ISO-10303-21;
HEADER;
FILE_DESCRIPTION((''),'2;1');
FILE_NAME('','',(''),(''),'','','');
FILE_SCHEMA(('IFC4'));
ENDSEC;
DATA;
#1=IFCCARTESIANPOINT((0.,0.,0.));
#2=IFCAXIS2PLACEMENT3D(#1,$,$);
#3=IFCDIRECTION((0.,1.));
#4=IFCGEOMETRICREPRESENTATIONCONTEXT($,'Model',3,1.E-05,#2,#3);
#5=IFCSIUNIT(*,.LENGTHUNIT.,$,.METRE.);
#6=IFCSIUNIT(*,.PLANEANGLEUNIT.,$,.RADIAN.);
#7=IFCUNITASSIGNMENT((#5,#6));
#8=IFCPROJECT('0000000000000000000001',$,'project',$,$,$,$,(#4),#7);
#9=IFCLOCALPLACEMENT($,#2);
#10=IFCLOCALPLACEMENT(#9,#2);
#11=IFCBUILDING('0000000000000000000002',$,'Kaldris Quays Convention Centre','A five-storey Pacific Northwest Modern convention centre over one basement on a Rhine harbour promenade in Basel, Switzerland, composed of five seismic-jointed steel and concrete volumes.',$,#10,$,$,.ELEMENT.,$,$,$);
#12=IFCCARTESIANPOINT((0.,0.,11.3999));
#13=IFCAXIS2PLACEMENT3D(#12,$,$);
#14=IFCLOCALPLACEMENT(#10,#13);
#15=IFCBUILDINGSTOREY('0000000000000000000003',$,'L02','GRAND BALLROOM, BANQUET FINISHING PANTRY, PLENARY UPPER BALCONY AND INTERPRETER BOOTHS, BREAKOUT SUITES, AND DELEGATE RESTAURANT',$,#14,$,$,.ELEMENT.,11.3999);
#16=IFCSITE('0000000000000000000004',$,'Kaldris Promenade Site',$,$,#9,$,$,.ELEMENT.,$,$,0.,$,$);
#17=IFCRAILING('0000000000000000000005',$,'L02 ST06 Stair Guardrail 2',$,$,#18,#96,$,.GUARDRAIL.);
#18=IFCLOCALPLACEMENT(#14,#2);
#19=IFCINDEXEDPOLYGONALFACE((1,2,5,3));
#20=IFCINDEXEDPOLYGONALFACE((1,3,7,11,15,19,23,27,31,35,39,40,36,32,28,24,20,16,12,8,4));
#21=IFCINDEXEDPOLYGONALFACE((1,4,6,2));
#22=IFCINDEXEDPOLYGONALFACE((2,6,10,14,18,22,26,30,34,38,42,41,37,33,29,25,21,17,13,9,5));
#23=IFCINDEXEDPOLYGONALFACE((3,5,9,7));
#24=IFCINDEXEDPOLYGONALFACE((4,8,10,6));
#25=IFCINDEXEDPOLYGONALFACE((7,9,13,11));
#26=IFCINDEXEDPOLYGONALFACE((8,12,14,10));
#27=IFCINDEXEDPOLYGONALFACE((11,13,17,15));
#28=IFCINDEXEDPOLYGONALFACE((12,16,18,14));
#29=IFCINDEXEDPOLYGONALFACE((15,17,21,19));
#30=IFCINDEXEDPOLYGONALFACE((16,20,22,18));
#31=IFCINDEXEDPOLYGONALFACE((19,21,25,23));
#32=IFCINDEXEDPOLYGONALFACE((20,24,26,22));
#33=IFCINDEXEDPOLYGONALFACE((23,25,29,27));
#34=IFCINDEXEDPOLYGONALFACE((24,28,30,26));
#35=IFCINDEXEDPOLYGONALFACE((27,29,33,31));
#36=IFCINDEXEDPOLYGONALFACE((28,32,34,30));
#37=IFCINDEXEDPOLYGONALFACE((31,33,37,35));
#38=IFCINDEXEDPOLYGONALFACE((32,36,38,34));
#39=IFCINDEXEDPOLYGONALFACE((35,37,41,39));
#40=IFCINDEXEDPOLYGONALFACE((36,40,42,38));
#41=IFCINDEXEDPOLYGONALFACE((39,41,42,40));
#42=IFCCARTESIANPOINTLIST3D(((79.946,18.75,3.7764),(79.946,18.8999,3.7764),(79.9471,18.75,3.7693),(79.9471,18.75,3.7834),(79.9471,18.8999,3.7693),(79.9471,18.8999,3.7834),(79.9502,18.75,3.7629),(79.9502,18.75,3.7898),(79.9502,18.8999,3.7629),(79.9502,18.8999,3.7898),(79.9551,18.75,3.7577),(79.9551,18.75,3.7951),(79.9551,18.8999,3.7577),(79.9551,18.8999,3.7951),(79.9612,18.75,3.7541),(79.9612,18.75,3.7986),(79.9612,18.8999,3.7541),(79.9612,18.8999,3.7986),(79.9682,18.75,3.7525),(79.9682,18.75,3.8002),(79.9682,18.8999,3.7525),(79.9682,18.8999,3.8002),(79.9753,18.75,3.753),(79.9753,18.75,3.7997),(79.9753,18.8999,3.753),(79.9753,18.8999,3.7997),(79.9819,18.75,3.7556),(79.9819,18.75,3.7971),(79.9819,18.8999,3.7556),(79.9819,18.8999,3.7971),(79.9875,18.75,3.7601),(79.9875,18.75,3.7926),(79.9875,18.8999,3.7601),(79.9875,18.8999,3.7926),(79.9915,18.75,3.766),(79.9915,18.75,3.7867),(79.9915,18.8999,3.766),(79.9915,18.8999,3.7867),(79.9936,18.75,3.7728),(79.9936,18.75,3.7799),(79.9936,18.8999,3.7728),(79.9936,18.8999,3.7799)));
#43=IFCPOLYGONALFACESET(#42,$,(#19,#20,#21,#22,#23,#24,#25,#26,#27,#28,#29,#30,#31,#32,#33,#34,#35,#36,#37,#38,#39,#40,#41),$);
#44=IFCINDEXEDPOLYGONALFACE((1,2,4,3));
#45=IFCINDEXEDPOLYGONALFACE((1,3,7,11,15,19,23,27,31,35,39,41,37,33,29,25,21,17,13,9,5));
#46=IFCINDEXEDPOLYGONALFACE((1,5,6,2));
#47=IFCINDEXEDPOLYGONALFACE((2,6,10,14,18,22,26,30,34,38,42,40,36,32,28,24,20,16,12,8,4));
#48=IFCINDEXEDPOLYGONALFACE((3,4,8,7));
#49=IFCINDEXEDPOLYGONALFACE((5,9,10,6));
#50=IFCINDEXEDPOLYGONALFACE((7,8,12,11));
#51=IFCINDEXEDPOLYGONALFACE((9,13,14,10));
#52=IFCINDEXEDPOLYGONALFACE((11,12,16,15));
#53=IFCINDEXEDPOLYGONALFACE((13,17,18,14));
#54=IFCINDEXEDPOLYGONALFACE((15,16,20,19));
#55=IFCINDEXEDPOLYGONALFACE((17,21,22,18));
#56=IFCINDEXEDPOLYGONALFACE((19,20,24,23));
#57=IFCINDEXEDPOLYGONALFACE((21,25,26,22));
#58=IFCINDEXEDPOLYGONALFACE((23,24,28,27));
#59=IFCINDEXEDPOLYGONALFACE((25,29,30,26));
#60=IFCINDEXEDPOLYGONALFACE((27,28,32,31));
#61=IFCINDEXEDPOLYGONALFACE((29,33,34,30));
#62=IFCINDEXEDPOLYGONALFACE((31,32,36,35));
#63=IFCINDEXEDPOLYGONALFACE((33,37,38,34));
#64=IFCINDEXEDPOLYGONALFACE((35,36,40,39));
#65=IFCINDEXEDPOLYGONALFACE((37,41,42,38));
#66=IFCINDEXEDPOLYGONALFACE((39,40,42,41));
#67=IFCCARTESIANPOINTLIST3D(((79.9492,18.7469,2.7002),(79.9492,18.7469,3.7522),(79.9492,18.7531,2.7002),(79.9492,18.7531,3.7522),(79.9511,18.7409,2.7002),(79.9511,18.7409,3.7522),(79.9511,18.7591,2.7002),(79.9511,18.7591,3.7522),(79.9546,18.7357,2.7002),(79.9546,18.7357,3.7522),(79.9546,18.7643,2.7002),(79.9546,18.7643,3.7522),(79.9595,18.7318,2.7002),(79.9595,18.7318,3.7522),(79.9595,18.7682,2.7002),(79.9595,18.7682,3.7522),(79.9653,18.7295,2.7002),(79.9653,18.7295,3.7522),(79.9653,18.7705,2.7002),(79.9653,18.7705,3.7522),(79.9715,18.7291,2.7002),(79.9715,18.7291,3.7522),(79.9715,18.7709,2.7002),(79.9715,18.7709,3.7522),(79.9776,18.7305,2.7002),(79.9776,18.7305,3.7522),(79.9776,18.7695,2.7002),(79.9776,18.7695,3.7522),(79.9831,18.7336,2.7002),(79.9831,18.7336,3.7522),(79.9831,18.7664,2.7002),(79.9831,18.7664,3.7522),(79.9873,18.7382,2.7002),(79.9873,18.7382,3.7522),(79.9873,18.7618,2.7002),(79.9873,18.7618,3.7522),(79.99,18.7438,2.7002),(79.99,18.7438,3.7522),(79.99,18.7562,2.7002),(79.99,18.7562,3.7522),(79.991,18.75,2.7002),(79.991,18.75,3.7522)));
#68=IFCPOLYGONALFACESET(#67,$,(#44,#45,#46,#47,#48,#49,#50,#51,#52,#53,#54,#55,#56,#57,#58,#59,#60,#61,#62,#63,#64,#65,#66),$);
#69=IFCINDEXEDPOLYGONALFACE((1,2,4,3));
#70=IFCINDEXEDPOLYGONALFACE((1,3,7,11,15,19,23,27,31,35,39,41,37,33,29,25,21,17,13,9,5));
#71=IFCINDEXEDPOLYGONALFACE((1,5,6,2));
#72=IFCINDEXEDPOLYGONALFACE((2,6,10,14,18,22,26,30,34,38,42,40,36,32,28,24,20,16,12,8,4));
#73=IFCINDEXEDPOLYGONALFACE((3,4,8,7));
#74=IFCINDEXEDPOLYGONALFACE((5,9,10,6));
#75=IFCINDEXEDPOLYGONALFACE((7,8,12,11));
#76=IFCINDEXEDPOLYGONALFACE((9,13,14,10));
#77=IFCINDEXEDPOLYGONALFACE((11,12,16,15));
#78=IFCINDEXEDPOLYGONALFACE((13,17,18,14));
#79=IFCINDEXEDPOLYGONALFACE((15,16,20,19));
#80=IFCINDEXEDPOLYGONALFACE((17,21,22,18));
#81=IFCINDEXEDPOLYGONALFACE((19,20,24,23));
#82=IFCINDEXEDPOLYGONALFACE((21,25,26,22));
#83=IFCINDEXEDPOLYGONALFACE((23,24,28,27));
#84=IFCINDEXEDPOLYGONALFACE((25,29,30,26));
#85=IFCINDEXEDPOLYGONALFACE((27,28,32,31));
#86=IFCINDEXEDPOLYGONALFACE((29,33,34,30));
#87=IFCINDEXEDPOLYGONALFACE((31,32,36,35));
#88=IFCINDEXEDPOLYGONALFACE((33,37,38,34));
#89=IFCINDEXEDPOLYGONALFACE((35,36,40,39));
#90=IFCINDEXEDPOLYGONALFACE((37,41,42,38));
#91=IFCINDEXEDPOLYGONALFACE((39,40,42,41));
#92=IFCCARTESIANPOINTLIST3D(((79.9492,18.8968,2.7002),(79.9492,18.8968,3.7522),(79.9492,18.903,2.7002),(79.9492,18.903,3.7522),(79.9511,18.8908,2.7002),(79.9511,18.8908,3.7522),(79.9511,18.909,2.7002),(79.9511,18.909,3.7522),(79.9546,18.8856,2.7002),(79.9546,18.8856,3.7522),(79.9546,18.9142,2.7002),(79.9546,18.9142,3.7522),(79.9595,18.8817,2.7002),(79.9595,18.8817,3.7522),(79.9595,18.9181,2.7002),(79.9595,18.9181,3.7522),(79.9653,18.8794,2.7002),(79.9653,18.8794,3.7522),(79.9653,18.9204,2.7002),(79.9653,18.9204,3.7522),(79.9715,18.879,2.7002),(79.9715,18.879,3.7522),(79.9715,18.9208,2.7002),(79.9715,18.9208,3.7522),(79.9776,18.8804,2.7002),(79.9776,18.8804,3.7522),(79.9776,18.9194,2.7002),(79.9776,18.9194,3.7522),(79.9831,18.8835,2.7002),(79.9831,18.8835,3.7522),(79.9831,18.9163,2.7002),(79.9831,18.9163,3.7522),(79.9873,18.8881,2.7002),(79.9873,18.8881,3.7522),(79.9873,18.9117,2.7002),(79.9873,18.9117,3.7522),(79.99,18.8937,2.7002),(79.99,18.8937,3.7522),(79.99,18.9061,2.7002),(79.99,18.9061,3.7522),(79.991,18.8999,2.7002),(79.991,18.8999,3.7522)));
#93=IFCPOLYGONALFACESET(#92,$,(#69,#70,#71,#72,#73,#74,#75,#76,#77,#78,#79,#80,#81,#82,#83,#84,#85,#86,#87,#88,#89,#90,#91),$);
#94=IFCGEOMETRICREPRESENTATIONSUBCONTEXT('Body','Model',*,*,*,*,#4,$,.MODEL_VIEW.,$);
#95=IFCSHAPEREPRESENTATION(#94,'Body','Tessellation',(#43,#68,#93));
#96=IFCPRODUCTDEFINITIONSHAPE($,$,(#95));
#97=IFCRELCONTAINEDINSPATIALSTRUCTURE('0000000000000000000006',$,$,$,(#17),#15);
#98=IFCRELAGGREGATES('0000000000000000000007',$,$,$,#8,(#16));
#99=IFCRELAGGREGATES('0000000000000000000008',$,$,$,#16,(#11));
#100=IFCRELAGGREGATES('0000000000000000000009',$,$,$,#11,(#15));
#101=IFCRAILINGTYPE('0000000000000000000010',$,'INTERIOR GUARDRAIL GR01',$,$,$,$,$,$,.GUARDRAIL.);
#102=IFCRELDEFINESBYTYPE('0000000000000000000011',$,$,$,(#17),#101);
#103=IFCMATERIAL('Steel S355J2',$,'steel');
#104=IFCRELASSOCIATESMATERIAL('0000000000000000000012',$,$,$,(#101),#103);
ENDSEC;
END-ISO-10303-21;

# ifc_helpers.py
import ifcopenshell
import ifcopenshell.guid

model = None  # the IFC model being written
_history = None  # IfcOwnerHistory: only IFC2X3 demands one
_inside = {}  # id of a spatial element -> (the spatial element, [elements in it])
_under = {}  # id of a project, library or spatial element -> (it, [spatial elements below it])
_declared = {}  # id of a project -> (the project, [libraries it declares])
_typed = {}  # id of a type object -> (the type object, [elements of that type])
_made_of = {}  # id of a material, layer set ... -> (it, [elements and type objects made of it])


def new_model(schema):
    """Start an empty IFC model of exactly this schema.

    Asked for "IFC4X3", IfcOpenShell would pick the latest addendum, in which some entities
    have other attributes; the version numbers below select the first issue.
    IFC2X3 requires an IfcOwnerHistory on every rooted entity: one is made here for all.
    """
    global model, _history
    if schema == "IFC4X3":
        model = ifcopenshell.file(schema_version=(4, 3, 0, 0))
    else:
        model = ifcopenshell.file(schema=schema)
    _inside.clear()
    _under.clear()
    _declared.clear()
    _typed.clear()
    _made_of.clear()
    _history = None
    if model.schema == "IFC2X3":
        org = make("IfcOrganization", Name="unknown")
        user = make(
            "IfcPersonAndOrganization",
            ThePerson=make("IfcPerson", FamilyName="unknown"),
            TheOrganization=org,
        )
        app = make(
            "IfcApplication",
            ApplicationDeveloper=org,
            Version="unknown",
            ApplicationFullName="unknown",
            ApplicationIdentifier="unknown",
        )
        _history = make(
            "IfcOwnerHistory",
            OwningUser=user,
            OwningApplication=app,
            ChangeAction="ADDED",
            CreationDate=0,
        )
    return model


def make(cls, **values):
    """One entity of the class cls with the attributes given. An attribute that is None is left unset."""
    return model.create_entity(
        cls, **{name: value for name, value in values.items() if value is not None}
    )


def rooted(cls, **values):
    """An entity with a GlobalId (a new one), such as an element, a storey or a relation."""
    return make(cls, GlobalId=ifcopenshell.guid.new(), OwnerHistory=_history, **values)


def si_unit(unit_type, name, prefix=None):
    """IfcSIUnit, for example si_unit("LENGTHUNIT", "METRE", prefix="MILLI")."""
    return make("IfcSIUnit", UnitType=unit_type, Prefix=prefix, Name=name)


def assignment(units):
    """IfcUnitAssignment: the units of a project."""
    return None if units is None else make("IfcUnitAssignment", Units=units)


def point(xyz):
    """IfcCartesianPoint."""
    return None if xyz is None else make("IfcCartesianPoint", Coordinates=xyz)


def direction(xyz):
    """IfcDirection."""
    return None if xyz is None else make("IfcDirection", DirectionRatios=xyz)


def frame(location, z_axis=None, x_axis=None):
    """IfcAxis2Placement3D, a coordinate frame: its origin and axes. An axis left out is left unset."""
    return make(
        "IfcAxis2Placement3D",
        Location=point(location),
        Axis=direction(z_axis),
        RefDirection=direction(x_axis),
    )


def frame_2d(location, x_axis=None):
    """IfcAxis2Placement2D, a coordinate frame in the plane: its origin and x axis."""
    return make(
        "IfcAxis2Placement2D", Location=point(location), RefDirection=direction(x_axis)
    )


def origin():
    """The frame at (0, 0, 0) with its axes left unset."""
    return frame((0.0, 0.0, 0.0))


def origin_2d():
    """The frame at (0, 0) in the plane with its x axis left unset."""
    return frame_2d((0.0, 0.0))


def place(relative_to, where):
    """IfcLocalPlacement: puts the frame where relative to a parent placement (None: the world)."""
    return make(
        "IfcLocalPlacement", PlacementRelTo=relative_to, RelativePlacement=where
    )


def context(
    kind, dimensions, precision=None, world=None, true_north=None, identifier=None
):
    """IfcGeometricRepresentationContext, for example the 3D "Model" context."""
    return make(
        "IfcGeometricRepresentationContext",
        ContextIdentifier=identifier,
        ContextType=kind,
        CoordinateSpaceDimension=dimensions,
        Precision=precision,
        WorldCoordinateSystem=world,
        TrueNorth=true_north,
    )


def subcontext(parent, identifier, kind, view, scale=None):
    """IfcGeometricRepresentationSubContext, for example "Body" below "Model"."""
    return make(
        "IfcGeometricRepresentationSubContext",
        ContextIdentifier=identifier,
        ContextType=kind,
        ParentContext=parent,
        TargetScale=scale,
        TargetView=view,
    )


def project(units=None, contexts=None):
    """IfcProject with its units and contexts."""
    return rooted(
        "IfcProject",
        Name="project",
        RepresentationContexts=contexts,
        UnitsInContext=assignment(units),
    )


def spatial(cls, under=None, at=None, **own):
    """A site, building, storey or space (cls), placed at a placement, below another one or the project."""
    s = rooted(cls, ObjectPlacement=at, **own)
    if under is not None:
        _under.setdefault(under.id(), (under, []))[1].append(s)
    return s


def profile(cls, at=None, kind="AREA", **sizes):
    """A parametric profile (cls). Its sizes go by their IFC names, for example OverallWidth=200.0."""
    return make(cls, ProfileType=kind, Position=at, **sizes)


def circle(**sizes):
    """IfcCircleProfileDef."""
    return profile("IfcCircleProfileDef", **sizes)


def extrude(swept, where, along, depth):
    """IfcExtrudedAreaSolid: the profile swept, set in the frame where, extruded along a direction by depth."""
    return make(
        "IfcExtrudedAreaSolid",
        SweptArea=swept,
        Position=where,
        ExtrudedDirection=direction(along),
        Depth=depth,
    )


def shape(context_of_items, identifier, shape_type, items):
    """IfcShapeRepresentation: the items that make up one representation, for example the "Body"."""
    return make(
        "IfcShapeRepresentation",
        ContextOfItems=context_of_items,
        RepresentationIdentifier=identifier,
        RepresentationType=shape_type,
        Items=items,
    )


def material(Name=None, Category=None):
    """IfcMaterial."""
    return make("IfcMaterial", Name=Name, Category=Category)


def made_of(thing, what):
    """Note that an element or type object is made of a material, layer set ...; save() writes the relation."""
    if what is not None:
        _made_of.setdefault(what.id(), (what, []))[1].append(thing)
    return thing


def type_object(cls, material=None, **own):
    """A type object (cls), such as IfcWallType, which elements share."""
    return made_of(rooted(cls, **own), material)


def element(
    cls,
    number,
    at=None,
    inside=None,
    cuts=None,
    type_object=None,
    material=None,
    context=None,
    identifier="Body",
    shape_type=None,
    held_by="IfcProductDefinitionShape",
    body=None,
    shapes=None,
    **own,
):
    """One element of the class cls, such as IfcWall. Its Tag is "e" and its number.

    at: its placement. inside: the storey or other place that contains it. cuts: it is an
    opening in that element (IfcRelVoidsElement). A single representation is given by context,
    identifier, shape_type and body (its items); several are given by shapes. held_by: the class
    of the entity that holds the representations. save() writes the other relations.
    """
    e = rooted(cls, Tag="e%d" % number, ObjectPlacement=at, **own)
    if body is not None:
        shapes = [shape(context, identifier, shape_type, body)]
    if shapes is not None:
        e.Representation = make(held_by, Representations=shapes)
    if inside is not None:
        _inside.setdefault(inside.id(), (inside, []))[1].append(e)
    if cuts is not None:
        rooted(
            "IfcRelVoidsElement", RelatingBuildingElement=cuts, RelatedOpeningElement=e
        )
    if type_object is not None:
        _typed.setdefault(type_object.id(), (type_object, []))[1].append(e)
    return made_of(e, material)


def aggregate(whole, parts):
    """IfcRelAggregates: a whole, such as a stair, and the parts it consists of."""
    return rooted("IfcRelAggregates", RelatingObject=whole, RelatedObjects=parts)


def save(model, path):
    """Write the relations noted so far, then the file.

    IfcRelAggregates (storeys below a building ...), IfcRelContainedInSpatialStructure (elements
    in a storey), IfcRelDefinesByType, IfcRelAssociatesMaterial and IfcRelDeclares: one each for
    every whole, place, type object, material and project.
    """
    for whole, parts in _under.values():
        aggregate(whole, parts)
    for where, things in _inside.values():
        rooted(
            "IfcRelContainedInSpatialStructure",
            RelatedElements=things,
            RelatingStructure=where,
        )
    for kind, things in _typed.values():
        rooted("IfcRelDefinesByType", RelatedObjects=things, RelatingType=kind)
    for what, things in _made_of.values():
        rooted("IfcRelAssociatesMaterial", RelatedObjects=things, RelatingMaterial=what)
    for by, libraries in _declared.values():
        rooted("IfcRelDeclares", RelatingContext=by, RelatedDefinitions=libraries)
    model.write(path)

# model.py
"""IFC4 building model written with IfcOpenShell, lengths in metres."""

from ifc_helpers import new_model, si_unit, direction, frame, origin, origin_2d, place, context, subcontext, project, spatial, circle, extrude, material, type_object, element, save


model = new_model("IFC4")

# Units and contexts
model_context = context("Model", 3, precision=1e-05, world=origin(), true_north=direction((0.0, 1.0)))
body_context = subcontext(model_context, "Body", "Model", "MODEL_VIEW")
ifc_project = project(units=[si_unit("LENGTHUNIT", "METRE"), si_unit("PLANEANGLEUNIT", "RADIAN")], contexts=[model_context])

# Site, building, storey
site_placement = place(None, origin())
site = spatial("IfcSite", under=ifc_project, at=site_placement, Name="Kaldris Promenade Site", CompositionType="ELEMENT", RefElevation=0.0)
building_placement = place(site_placement, origin())
building = spatial("IfcBuilding", under=site, at=building_placement, Name="Kaldris Quays Convention Centre", Description="A five-storey Pacific Northwest Modern convention centre over one basement on a Rhine harbour promenade in Basel, Switzerland, composed of five seismic-jointed steel and concrete volumes.", CompositionType="ELEMENT")
storey_placement = place(building_placement, frame((0.0, 0.0, 11.3999)))
storey = spatial("IfcBuildingStorey", under=building, at=storey_placement, Name="L02", Description="GRAND BALLROOM, BANQUET FINISHING PANTRY, PLENARY UPPER BALCONY AND INTERPRETER BOOTHS, BREAKOUT SUITES, AND DELEGATE RESTAURANT", CompositionType="ELEMENT", Elevation=11.3999)

# Shared definitions
ifc_material_1 = material(Name="Steel S355J2", Category="steel")

# Railing
railing_type_1 = type_object("IfcRailingType", Name="INTERIOR GUARDRAIL GR01", PredefinedType="GUARDRAIL", material=ifc_material_1)
railing_1_placement = place(storey_placement, frame((79.97, 18.75, 2.7002)))
element("IfcRailing", 1, at=railing_1_placement, inside=storey, type_object=railing_type_1, Name="L02 ST06 Stair Guardrail 2", PredefinedType="GUARDRAIL", context=body_context, shape_type="SweptSolid", body=[
    extrude(circle(Radius=0.0239, at=origin_2d()), frame((0.0, 0.0, 1.0762), z_axis=(0.0, 1.0, 0.0), x_axis=(-1.0, 0.0, 0.0)), (0.0, 0.0, 1.0), 0.1499),
    extrude(circle(Radius=0.021, at=origin_2d()), origin(), (0.0, 0.0, 1.0), 1.052),
    extrude(circle(Radius=0.021, at=origin_2d()), frame((0.0, 0.1499, 0.0)), (0.0, 0.0, 1.0), 1.052),
])

save(model, "model.ifc")
